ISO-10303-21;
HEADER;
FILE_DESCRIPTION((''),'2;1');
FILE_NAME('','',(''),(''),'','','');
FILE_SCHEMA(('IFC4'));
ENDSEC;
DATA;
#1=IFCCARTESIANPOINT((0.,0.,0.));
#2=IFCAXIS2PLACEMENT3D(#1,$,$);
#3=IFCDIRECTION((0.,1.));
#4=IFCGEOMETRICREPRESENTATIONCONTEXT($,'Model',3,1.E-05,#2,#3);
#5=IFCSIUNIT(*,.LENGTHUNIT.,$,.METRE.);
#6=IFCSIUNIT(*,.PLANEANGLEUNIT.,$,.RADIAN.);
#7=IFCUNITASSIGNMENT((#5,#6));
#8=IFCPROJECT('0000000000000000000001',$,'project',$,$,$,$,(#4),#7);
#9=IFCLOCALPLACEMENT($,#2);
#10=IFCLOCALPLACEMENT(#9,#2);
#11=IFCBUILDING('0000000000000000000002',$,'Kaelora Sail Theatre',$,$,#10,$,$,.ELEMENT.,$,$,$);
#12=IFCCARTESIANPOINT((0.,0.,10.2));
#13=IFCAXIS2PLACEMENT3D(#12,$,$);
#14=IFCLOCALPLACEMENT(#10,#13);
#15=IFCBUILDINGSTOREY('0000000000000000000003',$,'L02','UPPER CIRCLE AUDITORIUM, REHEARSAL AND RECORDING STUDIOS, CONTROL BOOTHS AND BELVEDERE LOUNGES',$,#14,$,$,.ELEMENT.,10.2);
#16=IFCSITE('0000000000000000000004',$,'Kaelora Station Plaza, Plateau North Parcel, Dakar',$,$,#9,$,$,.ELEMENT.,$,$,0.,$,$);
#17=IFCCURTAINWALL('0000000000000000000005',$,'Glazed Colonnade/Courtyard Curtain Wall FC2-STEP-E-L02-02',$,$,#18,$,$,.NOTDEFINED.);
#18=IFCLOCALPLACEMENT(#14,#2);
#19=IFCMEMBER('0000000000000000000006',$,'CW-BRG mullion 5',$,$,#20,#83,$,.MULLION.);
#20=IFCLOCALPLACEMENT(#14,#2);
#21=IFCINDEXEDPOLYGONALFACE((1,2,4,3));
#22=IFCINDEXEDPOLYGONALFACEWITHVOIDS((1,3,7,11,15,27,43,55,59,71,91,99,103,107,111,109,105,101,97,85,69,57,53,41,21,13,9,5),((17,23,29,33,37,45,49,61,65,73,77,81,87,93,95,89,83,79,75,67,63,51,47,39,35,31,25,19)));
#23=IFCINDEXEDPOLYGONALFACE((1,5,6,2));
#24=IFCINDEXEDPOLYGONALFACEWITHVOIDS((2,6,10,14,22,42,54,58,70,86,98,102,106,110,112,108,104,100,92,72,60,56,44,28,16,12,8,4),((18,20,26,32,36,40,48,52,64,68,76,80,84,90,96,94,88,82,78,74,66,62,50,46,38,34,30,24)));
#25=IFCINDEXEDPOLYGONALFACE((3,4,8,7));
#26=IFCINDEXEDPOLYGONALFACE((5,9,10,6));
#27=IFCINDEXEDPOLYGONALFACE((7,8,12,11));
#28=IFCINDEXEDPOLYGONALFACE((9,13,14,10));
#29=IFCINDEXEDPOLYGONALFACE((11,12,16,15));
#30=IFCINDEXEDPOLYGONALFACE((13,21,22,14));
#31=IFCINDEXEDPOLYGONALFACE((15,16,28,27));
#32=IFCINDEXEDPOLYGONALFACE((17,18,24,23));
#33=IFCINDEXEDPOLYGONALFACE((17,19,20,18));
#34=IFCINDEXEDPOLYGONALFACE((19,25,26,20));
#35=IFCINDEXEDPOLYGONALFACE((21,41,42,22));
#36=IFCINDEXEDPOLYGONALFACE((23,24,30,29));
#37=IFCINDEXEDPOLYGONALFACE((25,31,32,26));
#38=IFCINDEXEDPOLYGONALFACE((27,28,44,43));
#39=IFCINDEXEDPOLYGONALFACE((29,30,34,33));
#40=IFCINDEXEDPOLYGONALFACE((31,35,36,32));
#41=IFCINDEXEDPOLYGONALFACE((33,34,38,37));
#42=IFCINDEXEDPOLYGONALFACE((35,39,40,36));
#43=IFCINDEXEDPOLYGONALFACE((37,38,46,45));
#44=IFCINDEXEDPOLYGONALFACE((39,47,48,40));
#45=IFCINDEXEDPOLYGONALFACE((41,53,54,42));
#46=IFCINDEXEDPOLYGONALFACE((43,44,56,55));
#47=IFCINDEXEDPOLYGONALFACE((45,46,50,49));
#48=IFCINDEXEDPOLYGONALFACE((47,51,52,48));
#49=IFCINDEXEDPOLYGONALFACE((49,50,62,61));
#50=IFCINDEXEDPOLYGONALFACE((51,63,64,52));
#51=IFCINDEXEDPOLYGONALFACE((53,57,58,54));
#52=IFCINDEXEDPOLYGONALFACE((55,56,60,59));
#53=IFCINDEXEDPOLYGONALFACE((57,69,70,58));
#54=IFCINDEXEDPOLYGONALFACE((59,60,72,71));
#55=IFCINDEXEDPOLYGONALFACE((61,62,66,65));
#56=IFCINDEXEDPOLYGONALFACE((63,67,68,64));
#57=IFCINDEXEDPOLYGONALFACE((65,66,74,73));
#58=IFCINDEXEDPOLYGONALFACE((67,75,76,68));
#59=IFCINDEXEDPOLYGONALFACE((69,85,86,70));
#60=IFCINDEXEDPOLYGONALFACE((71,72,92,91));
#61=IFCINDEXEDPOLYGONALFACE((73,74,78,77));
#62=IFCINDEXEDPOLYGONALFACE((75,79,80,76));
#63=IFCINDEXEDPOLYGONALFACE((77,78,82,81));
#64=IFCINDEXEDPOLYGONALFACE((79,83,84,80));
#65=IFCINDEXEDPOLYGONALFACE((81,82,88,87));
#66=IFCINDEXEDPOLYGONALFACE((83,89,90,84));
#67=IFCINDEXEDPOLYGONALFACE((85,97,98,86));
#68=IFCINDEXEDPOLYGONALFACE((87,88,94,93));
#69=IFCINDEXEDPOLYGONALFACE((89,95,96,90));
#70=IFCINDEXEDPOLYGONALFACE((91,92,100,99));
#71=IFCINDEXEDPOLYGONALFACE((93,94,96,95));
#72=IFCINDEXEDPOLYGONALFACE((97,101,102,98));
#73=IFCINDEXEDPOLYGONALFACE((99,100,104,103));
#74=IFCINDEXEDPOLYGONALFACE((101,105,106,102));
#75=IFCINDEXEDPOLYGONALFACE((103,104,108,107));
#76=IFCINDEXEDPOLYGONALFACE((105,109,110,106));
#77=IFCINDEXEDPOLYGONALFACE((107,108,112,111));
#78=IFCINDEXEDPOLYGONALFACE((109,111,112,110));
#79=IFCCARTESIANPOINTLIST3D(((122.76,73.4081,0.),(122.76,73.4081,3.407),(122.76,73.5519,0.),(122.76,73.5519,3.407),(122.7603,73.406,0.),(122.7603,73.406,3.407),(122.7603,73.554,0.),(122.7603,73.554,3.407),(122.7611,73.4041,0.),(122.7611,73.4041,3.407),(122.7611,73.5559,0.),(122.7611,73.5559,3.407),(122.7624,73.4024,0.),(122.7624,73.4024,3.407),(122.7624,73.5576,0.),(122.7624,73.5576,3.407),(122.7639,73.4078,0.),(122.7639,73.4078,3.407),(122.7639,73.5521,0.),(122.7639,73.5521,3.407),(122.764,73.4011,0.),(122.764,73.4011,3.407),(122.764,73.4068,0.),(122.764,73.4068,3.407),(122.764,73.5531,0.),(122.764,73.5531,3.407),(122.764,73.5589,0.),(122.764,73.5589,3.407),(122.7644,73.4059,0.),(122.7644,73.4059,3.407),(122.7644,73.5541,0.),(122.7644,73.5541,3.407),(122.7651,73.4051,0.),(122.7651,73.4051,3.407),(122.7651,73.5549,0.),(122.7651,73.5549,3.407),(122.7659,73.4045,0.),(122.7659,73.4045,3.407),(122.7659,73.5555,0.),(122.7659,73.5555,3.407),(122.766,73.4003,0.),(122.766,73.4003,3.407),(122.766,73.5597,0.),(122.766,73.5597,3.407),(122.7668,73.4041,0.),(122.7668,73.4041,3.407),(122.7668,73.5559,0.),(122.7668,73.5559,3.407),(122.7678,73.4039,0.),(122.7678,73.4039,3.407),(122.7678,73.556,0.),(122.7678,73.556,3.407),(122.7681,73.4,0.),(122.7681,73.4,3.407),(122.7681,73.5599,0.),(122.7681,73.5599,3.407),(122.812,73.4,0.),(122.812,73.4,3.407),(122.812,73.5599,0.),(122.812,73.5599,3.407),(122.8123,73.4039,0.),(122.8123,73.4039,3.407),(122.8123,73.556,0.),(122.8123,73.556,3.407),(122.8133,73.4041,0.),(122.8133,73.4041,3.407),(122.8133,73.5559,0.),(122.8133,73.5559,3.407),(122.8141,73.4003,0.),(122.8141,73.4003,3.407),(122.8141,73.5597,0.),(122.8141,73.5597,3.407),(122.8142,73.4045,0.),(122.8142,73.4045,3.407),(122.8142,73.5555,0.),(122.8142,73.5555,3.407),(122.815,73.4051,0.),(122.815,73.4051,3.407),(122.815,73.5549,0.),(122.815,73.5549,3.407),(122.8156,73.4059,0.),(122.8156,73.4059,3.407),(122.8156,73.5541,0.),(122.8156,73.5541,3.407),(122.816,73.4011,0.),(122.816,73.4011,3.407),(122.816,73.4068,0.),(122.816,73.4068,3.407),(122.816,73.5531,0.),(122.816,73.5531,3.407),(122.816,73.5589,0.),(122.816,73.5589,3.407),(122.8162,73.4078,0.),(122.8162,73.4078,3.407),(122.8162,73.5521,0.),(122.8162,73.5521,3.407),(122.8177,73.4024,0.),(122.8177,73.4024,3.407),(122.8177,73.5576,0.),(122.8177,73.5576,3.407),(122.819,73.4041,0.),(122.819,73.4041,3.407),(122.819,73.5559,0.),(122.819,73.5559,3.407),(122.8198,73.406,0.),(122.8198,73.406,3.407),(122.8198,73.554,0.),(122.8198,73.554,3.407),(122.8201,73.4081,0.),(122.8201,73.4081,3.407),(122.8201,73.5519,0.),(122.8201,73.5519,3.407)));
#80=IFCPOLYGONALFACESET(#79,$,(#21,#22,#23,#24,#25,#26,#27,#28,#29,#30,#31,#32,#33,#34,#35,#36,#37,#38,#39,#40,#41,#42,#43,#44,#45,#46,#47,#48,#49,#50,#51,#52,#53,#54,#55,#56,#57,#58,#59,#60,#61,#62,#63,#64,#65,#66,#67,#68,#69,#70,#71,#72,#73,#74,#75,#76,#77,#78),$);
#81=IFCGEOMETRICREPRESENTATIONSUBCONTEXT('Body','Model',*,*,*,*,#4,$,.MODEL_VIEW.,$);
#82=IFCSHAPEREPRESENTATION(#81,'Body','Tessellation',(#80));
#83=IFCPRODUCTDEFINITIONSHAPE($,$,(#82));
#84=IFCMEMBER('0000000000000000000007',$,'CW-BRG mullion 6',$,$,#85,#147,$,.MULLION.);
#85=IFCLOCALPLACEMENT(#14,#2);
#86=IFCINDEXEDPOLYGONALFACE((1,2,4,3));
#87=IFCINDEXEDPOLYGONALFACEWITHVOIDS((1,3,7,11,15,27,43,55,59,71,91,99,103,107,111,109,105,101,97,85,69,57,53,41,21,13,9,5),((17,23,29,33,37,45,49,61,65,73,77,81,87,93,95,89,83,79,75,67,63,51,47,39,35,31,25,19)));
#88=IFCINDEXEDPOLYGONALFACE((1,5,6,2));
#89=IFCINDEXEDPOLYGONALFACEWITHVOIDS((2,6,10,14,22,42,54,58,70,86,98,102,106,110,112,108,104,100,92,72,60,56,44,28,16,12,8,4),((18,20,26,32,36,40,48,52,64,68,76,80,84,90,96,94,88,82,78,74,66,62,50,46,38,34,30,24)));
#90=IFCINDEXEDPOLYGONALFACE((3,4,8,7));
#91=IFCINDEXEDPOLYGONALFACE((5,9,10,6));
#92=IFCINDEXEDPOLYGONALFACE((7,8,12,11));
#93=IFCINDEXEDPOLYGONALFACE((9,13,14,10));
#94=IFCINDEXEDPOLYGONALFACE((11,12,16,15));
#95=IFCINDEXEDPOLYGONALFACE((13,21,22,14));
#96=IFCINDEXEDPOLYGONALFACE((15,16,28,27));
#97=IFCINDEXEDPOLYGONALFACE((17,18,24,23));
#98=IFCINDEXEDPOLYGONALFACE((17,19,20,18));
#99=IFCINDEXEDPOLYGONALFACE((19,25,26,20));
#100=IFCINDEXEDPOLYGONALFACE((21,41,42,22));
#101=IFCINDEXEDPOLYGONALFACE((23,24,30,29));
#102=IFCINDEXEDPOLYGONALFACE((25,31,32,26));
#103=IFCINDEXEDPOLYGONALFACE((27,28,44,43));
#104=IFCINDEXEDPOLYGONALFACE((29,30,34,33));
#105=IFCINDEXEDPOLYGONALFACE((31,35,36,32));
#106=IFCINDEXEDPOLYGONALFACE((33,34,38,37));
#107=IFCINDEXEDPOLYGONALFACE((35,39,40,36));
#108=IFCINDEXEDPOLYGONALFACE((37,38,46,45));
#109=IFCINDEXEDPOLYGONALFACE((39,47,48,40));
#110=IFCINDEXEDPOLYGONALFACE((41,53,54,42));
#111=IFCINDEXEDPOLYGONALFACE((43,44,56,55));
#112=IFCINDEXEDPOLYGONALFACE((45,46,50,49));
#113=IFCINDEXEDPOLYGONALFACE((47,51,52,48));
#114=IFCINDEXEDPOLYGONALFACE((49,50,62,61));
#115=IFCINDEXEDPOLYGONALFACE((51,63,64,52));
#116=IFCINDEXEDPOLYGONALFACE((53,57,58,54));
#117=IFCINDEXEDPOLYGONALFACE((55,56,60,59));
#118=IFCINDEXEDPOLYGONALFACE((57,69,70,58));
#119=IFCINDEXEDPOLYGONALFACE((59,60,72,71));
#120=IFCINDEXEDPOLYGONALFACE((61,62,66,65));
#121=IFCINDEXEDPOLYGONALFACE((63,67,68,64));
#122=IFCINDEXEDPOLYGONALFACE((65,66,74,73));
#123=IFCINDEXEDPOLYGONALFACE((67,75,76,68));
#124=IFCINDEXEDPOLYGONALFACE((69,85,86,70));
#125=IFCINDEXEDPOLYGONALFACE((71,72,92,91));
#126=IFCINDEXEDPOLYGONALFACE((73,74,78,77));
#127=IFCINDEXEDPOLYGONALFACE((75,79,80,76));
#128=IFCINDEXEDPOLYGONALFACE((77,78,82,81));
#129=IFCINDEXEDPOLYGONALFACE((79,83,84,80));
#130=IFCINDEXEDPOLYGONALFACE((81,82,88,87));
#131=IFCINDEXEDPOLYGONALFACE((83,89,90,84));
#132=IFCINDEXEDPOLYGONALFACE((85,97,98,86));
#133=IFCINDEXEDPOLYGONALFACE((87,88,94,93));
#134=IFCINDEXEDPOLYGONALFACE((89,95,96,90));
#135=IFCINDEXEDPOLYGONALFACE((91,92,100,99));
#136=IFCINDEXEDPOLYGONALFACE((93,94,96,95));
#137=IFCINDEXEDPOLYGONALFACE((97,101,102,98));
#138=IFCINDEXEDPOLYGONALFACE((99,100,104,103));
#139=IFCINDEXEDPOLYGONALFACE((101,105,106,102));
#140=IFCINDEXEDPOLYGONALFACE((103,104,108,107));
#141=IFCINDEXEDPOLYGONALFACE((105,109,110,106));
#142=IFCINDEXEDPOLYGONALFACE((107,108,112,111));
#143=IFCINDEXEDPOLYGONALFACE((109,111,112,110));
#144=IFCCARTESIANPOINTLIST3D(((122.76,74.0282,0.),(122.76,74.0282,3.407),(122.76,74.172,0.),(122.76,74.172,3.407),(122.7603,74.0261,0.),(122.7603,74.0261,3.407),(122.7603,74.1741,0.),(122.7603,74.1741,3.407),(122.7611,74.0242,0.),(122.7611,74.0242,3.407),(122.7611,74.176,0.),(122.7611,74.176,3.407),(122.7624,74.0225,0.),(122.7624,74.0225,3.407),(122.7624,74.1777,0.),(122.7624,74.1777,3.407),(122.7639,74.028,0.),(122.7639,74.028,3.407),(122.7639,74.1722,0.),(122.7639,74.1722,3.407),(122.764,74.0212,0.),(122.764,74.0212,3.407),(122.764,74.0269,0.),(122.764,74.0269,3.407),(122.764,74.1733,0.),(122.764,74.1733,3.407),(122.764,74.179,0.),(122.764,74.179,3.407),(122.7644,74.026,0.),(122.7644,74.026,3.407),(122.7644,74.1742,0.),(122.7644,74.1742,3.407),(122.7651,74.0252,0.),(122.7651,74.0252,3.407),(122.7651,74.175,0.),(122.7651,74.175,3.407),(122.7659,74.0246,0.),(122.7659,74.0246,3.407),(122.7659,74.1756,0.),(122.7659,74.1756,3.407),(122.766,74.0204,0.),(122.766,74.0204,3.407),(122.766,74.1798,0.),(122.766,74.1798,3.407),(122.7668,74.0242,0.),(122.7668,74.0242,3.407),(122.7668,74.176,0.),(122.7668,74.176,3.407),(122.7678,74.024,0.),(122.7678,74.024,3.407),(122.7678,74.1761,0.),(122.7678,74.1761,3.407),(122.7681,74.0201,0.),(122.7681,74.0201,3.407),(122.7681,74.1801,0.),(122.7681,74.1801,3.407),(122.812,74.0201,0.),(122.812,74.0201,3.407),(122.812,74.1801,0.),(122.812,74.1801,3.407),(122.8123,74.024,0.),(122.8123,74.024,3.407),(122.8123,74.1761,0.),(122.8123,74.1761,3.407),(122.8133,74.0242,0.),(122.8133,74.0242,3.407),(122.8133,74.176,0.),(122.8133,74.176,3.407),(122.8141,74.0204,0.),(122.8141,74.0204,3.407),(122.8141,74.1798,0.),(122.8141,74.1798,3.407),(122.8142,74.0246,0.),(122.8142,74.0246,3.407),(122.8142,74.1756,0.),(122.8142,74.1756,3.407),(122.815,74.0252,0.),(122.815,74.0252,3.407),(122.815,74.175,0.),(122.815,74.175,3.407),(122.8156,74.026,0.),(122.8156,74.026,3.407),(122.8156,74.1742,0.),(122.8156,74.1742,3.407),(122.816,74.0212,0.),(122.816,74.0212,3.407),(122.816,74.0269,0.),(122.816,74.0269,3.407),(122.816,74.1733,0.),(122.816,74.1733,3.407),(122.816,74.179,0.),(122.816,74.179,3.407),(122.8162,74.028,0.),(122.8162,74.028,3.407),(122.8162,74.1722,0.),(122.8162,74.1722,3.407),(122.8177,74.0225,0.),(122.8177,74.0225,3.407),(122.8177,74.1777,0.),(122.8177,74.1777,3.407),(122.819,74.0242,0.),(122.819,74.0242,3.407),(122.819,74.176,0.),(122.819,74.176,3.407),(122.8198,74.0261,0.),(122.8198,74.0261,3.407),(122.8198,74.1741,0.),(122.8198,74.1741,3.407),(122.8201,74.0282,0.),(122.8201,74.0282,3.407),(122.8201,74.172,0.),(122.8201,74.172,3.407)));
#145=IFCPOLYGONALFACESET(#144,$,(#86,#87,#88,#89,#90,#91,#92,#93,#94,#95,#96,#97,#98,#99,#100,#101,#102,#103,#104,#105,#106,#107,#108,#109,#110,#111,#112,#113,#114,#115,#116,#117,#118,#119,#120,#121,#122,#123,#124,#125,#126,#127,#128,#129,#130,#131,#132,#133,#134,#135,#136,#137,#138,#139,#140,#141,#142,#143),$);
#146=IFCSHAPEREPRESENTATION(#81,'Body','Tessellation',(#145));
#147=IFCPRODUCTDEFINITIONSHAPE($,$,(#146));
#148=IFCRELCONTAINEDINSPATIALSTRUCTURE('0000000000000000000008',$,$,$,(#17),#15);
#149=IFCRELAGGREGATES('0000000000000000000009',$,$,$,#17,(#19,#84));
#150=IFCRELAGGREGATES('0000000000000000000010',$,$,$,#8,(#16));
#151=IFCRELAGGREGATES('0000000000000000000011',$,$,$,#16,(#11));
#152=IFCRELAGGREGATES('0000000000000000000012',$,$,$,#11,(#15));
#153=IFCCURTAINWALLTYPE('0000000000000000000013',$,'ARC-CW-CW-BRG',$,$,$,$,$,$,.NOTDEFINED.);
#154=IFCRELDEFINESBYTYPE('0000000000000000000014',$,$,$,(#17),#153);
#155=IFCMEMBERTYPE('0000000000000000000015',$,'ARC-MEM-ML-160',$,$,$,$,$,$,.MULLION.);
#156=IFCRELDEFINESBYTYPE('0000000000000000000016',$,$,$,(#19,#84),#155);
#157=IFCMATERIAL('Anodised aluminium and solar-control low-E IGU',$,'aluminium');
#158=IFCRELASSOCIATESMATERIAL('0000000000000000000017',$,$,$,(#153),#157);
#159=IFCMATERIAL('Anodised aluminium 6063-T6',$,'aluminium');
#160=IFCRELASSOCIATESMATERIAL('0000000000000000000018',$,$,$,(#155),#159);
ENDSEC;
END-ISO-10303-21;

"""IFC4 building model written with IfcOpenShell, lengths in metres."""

from ifc_helpers import new_model, si_unit, direction, frame, origin, origin_2d, place, context, subcontext, project, spatial, hollow_rectangle, extrude, material, material_profile, profile_set, type_object, element, aggregate, save


model = new_model("IFC4")

# Units and contexts
model_context = context("Model", 3, precision=1e-05, world=origin(), true_north=direction((0.0, 1.0)))
body_context = subcontext(model_context, "Body", "Model", "MODEL_VIEW")
ifc_project = project(units=[si_unit("LENGTHUNIT", "METRE"), si_unit("PLANEANGLEUNIT", "RADIAN")], contexts=[model_context])

# Site, building, storey
site_placement = place(None, origin())
site = spatial("IfcSite", under=ifc_project, at=site_placement, Name="Kaelora Station Plaza, Plateau North Parcel, Dakar", CompositionType="ELEMENT", RefElevation=0.0)
building_placement = place(site_placement, origin())
building = spatial("IfcBuilding", under=site, at=building_placement, Name="Kaelora Sail Theatre", CompositionType="ELEMENT")
storey_placement = place(building_placement, frame((0.0, 0.0, 10.2)))
storey = spatial("IfcBuildingStorey", under=building, at=storey_placement, Name="L02", Description="UPPER CIRCLE AUDITORIUM, REHEARSAL AND RECORDING STUDIOS, CONTROL BOOTHS AND BELVEDERE LOUNGES", CompositionType="ELEMENT", Elevation=10.2)

# Curtain wall, members
ifc_material_1 = material(Name="Anodised aluminium and solar-control low-E IGU", Category="aluminium")
curtain_wall_type = type_object("IfcCurtainWallType", Name="ARC-CW-CW-BRG", PredefinedType="NOTDEFINED", material=ifc_material_1)
curtain_wall_1_placement = place(storey_placement, origin())
curtain_wall_1 = element("IfcCurtainWall", 1, at=curtain_wall_1_placement, inside=storey, type_object=curtain_wall_type, Name="Glazed Colonnade/Courtyard Curtain Wall FC2-STEP-E-L02-02", PredefinedType="NOTDEFINED")
ifc_material_2 = material(Name="Anodised aluminium 6063-T6", Category="aluminium")
ifc_material_profile_1 = material_profile(ifc_material_2, hollow_rectangle(XDim=0.0601, YDim=0.1599, WallThickness=0.0039, InnerFilletRadius=0.0039, OuterFilletRadius=0.0081, at=origin_2d()), Name="ALU-MULL 60x160x4")
ifc_profile_set_1 = profile_set([ifc_material_profile_1], Name="Anodised aluminium 6063-T6")
member_type_1 = type_object("IfcMemberType", Name="ARC-MEM-ML-160", PredefinedType="MULLION", material=ifc_profile_set_1)
member_1_placement = place(storey_placement, frame((122.79, 73.48, 0.0), z_axis=(0.0, 0.0, 1.0), x_axis=(-1.0, 0.0, 0.0)))
member_1 = element("IfcMember", 2, at=member_1_placement, type_object=member_type_1, Name="CW-BRG mullion 5", PredefinedType="MULLION", context=body_context, shape_type="SweptSolid", body=[
    extrude(hollow_rectangle(XDim=0.0601, YDim=0.1599, WallThickness=0.0039, InnerFilletRadius=0.0039, OuterFilletRadius=0.0081, at=origin_2d()), origin(), (0.0, 0.0, 1.0), 3.407),
])
member_2_placement = place(storey_placement, frame((122.79, 74.1001, 0.0), z_axis=(0.0, 0.0, 1.0), x_axis=(-1.0, 0.0, 0.0)))
member_2 = element("IfcMember", 3, at=member_2_placement, type_object=member_type_1, Name="CW-BRG mullion 6", PredefinedType="MULLION", context=body_context, shape_type="SweptSolid", body=[
    extrude(hollow_rectangle(XDim=0.0601, YDim=0.1599, WallThickness=0.0039, InnerFilletRadius=0.0039, OuterFilletRadius=0.0081, at=origin_2d()), origin(), (0.0, 0.0, 1.0), 3.407),
])

aggregate(curtain_wall_1, [member_1, member_2])

save(model, "model.ifc")
